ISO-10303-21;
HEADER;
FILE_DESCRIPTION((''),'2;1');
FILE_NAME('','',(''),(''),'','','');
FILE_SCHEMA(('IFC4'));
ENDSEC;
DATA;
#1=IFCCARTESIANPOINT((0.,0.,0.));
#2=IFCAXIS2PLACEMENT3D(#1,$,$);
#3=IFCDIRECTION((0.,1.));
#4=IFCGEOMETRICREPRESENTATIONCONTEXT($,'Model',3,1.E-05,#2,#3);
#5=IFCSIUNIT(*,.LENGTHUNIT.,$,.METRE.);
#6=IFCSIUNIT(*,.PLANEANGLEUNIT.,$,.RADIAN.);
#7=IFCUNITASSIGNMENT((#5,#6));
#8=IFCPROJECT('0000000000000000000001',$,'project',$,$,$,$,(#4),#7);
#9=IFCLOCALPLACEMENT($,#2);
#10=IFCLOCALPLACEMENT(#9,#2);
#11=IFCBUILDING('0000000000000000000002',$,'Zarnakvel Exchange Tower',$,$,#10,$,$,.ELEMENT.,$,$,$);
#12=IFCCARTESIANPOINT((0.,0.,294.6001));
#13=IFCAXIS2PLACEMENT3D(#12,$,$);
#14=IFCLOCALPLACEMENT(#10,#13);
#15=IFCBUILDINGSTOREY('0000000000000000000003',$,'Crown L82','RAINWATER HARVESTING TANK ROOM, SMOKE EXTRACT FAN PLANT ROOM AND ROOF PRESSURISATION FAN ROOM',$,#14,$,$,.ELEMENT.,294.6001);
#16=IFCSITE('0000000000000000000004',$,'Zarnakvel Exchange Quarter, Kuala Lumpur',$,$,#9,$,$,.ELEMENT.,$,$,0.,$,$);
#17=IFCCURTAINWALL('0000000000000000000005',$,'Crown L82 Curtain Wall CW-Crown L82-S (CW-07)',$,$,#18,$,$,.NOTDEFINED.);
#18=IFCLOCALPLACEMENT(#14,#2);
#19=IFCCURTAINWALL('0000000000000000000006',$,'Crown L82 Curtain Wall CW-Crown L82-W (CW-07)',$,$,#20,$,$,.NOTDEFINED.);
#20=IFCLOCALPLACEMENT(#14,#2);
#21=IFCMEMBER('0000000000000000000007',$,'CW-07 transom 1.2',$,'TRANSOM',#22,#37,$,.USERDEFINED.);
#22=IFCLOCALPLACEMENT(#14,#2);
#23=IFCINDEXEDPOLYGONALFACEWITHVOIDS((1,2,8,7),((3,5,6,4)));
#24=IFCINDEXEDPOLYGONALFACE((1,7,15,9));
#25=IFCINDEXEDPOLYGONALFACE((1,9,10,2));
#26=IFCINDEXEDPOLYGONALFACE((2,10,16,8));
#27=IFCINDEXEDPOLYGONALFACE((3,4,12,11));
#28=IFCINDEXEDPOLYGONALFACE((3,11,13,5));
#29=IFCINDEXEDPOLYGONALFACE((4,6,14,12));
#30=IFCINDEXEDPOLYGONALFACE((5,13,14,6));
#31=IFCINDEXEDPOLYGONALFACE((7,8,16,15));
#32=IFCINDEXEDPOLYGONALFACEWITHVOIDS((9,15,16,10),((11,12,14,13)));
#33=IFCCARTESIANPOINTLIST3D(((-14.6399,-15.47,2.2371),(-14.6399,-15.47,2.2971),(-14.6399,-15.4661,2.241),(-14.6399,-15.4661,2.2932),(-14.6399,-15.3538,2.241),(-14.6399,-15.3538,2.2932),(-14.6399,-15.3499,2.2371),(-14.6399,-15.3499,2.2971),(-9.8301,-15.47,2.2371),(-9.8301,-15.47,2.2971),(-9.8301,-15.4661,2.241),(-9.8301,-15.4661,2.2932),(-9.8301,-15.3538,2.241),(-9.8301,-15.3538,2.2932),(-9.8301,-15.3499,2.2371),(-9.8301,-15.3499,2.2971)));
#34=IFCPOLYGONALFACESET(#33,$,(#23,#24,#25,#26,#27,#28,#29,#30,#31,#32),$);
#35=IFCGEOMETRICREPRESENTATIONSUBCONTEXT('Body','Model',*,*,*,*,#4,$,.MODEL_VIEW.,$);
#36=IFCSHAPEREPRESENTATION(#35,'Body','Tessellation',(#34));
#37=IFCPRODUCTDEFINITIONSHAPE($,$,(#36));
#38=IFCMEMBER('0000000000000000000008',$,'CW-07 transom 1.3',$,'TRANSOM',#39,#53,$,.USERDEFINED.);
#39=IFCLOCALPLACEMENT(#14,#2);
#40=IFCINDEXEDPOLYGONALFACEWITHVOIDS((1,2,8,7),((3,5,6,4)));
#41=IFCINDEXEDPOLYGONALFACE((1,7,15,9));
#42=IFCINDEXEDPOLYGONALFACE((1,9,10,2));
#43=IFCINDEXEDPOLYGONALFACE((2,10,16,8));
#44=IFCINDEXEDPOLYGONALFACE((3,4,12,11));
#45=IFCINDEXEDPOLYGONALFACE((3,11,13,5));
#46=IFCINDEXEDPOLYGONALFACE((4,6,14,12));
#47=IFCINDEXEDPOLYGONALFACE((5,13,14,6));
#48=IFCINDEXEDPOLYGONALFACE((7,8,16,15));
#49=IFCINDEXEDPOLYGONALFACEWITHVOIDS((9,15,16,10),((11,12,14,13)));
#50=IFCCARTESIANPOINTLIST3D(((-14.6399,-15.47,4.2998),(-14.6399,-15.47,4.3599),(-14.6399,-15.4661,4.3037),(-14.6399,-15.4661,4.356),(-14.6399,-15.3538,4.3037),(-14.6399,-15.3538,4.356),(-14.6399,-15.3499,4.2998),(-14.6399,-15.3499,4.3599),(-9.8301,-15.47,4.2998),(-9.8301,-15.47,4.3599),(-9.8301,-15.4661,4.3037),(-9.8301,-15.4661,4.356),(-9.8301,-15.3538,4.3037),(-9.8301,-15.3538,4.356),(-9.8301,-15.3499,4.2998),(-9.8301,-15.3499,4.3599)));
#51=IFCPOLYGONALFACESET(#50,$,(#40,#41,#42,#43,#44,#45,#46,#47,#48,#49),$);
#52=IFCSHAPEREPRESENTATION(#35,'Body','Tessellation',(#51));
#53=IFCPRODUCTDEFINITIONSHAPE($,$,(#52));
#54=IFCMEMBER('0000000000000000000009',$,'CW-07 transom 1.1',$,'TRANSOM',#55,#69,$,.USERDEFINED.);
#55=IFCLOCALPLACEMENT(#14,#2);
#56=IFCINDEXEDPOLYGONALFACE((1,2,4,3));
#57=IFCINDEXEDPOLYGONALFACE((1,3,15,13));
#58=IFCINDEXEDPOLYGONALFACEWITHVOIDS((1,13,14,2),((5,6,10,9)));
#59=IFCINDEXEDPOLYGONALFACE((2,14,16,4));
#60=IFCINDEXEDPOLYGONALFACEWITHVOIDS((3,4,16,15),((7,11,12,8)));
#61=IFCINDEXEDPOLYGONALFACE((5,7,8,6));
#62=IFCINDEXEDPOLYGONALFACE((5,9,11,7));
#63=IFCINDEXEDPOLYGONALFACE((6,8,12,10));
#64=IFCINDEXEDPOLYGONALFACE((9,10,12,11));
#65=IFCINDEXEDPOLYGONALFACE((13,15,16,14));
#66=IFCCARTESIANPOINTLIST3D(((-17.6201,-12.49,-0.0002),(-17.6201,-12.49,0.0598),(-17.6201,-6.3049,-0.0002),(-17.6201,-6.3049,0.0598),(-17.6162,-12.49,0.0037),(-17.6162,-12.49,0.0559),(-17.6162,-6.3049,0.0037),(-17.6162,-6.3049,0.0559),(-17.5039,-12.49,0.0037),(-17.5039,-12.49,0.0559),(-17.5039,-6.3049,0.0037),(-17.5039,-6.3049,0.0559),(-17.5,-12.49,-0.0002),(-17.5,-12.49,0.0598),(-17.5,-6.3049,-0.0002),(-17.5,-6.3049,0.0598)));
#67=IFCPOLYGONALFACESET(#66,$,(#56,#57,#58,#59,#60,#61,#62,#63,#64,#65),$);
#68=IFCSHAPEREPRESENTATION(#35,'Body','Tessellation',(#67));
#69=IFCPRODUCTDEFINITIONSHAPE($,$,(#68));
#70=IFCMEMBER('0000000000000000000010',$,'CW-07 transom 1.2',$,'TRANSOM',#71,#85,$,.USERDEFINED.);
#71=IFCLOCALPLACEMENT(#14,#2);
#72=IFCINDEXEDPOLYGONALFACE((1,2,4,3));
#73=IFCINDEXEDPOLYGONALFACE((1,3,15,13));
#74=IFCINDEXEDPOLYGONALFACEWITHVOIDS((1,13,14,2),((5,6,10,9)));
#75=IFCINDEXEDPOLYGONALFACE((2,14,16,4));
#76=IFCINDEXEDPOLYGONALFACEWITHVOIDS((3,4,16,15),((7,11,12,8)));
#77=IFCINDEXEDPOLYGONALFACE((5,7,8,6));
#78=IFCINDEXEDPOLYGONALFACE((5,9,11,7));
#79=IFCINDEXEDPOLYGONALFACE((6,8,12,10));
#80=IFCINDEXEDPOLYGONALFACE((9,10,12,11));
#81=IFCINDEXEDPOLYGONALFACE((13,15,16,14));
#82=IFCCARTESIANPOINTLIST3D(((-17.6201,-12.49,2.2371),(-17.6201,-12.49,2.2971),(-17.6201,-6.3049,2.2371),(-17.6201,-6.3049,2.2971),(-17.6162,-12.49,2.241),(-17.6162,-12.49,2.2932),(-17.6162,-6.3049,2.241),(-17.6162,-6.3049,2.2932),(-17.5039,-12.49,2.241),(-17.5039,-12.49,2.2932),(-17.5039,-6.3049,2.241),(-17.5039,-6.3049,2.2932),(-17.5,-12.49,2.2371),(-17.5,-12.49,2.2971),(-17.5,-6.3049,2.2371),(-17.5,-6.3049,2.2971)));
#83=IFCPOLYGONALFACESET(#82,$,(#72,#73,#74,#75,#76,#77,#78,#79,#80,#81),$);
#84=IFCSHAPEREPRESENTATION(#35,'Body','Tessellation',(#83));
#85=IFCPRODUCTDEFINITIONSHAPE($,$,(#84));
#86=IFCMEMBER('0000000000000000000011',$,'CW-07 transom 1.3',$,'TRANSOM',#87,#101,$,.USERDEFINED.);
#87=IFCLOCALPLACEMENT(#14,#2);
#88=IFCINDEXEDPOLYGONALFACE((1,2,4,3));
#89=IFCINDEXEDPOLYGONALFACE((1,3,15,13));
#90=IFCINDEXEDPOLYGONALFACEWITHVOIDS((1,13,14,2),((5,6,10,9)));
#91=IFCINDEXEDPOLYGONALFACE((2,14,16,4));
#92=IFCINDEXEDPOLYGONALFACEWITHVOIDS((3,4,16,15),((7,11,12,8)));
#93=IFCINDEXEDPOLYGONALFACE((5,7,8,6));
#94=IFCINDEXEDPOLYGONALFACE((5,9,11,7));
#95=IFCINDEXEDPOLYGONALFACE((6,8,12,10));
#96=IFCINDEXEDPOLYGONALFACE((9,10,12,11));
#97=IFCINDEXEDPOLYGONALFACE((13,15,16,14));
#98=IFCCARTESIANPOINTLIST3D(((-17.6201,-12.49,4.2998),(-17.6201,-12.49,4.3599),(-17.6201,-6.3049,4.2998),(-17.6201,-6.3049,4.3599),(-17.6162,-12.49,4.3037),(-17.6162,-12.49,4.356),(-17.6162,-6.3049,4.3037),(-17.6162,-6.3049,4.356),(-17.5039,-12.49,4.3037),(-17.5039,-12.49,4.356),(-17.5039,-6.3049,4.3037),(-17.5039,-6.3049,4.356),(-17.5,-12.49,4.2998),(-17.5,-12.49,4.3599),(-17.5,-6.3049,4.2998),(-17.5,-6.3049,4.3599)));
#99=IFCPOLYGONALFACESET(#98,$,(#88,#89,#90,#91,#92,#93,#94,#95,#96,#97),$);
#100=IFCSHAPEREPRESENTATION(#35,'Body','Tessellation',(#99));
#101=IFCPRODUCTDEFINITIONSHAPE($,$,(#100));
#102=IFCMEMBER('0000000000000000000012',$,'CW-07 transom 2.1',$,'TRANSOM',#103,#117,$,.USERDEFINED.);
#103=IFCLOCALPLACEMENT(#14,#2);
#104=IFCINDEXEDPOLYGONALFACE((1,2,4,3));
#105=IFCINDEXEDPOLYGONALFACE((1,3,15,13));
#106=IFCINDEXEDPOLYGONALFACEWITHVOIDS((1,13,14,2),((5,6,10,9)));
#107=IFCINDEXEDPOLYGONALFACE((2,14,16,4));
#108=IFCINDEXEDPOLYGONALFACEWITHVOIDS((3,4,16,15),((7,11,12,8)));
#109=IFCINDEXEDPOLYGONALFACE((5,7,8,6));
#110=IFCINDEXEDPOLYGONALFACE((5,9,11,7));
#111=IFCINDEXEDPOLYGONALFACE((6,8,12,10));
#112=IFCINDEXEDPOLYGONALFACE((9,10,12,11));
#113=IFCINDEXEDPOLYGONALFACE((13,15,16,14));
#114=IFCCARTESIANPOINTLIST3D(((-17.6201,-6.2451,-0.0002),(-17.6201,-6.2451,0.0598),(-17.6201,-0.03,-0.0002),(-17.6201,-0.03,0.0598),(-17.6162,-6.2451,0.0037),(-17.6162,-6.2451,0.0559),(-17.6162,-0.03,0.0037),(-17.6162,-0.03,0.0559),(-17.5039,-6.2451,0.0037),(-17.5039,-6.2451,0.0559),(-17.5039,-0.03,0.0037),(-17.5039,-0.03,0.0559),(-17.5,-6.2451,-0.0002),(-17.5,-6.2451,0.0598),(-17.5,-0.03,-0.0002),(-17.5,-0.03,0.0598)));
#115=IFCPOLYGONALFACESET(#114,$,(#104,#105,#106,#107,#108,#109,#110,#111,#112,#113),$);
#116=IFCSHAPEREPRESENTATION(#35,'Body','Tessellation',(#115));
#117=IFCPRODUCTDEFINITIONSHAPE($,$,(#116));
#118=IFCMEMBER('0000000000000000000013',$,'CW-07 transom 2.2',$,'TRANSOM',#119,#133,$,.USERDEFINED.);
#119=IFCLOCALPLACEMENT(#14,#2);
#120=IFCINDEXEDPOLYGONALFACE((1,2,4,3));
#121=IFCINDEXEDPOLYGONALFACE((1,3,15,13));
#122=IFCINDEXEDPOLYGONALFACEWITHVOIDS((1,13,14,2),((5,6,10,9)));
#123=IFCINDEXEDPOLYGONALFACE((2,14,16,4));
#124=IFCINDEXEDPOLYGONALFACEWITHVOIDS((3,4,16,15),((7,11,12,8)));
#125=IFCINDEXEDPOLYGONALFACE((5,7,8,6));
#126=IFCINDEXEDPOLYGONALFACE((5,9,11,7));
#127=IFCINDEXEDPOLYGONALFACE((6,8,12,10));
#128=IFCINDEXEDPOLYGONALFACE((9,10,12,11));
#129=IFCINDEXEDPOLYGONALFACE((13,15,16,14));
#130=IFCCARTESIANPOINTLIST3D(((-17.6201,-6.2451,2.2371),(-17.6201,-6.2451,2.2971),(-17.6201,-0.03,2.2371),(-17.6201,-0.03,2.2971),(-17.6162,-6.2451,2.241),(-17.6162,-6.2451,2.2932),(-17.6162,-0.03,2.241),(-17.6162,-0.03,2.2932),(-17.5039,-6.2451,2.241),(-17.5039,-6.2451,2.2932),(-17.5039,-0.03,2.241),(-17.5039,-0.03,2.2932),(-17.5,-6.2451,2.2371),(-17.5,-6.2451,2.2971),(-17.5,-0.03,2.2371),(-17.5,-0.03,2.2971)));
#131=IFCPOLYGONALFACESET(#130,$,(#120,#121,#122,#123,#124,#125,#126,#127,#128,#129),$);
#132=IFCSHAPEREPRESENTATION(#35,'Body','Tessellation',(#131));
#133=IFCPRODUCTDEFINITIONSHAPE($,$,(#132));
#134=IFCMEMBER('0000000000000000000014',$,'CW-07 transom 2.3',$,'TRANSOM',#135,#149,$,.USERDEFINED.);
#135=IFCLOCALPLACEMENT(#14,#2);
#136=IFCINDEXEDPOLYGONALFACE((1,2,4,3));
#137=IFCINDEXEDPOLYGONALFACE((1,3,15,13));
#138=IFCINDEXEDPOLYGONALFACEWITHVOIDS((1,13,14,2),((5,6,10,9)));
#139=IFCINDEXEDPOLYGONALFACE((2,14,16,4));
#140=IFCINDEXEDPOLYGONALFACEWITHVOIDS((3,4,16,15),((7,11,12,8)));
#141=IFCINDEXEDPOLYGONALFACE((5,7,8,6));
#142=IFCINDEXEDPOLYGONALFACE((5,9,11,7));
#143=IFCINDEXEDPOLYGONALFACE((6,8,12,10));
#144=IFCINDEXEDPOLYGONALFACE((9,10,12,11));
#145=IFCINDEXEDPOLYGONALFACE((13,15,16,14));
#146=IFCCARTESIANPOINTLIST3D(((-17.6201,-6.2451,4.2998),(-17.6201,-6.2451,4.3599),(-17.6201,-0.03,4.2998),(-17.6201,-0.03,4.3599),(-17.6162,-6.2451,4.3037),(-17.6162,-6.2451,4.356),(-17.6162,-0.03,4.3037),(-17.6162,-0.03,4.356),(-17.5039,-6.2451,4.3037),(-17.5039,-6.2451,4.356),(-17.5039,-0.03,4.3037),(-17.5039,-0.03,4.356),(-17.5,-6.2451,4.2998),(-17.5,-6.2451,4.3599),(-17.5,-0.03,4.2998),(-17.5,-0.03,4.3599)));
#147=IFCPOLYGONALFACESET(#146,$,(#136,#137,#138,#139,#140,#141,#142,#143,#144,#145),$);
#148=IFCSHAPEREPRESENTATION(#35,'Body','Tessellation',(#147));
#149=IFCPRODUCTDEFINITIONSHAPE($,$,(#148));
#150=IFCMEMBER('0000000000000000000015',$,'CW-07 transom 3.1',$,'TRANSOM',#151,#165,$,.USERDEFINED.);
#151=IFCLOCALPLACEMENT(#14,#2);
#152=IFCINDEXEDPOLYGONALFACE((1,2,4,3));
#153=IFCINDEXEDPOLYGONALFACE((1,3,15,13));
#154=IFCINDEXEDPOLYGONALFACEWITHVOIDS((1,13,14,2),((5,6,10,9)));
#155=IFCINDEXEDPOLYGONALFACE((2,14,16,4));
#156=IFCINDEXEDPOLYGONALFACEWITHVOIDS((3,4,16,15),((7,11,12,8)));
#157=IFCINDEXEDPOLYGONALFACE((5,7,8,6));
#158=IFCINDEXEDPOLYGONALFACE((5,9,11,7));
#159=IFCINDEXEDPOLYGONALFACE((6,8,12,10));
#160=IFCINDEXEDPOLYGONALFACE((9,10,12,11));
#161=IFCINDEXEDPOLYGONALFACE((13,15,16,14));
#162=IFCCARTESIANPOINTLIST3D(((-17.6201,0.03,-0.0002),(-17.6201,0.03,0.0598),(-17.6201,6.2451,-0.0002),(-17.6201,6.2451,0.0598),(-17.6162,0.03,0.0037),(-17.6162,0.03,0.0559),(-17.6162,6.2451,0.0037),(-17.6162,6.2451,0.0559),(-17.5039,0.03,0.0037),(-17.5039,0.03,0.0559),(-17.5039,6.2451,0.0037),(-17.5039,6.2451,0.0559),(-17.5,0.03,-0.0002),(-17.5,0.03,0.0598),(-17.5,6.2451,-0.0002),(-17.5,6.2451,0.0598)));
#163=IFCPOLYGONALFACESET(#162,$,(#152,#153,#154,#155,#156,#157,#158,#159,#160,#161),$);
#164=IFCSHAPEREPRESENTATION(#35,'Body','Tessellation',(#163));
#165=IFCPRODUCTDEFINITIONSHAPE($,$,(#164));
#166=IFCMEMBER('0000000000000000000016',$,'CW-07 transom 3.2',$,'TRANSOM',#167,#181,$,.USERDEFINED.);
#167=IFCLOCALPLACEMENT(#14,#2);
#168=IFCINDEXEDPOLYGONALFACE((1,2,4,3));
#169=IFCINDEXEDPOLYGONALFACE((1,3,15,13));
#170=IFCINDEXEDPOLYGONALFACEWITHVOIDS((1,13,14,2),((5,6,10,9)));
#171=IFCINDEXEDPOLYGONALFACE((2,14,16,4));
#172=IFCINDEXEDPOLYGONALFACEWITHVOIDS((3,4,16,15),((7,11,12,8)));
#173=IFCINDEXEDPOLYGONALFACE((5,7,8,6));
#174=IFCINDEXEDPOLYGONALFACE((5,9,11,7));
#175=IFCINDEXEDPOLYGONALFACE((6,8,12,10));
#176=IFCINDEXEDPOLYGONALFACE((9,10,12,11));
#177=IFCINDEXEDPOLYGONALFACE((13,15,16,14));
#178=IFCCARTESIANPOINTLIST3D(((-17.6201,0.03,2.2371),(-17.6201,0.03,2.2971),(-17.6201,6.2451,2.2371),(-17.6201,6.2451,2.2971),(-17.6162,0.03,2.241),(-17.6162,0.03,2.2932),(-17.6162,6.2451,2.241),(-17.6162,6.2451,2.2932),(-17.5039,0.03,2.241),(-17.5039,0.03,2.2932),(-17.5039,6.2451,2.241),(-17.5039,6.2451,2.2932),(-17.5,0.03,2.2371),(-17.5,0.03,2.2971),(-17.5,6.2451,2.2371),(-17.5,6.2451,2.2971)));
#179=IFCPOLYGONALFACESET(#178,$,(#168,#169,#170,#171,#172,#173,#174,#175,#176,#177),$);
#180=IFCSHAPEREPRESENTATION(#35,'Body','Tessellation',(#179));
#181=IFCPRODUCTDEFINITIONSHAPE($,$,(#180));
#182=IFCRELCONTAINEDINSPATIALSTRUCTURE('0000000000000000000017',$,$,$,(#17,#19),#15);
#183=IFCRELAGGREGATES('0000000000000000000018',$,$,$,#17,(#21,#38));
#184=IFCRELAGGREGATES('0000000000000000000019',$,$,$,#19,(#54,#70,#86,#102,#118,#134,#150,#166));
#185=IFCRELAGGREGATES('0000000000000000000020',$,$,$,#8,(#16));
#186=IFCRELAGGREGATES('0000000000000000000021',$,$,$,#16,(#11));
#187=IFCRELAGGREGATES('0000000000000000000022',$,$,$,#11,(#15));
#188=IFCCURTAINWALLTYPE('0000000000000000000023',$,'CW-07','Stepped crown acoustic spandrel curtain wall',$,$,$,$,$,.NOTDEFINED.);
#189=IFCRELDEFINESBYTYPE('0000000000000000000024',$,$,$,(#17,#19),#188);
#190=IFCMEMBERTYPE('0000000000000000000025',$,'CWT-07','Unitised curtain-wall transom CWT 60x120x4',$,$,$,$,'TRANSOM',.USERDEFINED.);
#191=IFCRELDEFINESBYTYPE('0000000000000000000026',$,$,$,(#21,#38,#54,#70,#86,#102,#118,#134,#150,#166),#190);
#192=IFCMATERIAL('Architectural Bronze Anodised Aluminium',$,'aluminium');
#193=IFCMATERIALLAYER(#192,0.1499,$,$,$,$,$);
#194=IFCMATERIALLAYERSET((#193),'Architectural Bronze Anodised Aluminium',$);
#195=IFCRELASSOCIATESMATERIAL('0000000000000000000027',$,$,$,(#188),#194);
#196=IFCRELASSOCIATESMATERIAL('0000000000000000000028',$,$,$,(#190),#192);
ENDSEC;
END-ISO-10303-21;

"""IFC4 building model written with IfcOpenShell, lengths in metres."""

from ifc_helpers import new_model, si_unit, direction, frame, origin, origin_2d, place, context, subcontext, project, spatial, hollow_rectangle, extrude, source, transform, mapped, material, layer, layer_set, material_profile, profile_set, type_object, element, aggregate, save


model = new_model("IFC4")

# Units and contexts
model_context = context("Model", 3, precision=1e-05, world=origin(), true_north=direction((0.0, 1.0)))
body_context = subcontext(model_context, "Body", "Model", "MODEL_VIEW")
ifc_project = project(units=[si_unit("LENGTHUNIT", "METRE"), si_unit("PLANEANGLEUNIT", "RADIAN")], contexts=[model_context])

# Site, building, storey
site_placement = place(None, origin())
site = spatial("IfcSite", under=ifc_project, at=site_placement, Name="Zarnakvel Exchange Quarter, Kuala Lumpur", CompositionType="ELEMENT", RefElevation=0.0)
building_placement = place(site_placement, origin())
building = spatial("IfcBuilding", under=site, at=building_placement, Name="Zarnakvel Exchange Tower", CompositionType="ELEMENT")
storey_placement = place(building_placement, frame((0.0, 0.0, 294.6001)))
storey = spatial("IfcBuildingStorey", under=building, at=storey_placement, Name="Crown L82", Description="RAINWATER HARVESTING TANK ROOM, SMOKE EXTRACT FAN PLANT ROOM AND ROOF PRESSURISATION FAN ROOM", CompositionType="ELEMENT", Elevation=294.6001)

# Curtain wall
ifc_material_1 = material(Name="Architectural Bronze Anodised Aluminium", Category="aluminium")
ifc_layer_1 = layer(ifc_material_1, 0.1499)
ifc_layer_set_1 = layer_set([ifc_layer_1], Name="Architectural Bronze Anodised Aluminium")
curtain_wall_type = type_object("IfcCurtainWallType", Name="CW-07", Description="Stepped crown acoustic spandrel curtain wall", PredefinedType="NOTDEFINED", material=ifc_layer_set_1)
curtain_wall_1_placement = place(storey_placement, origin())
curtain_wall_1 = element("IfcCurtainWall", 1, at=curtain_wall_1_placement, inside=storey, type_object=curtain_wall_type, Name="Crown L82 Curtain Wall CW-Crown L82-S (CW-07)", PredefinedType="NOTDEFINED")

# Curtain wall
curtain_wall_2_placement = place(storey_placement, origin())
curtain_wall_2 = element("IfcCurtainWall", 2, at=curtain_wall_2_placement, inside=storey, type_object=curtain_wall_type, Name="Crown L82 Curtain Wall CW-Crown L82-W (CW-07)", PredefinedType="NOTDEFINED")

# Members
ifc_material_profile_1 = material_profile(ifc_material_1, hollow_rectangle(XDim=0.1201, YDim=0.0601, WallThickness=0.0039, at=origin_2d()))
ifc_profile_set_1 = profile_set([ifc_material_profile_1], Name="Architectural Bronze Anodised Aluminium")
member_type_1 = type_object("IfcMemberType", Name="CWT-07", Description="Unitised curtain-wall transom CWT 60x120x4", ElementType="TRANSOM", PredefinedType="USERDEFINED", material=ifc_profile_set_1)
shared_shape_1 = source(origin(), body_context, "Body", "SweptSolid", [
    extrude(hollow_rectangle(XDim=0.1201, YDim=0.0601, WallThickness=0.0039, at=origin_2d()), origin(), (0.0, 0.0, 1.0), 4.8098),
])
member_1_placement = place(storey_placement, frame((-14.6399, -15.4099, 2.2671), z_axis=(1.0, 0.0, 0.0), x_axis=(0.0, 1.0, 0.0)))
member_1 = element("IfcMember", 3, at=member_1_placement, type_object=member_type_1, Name="CW-07 transom 1.2", ObjectType="TRANSOM", PredefinedType="USERDEFINED", context=body_context, shape_type="MappedRepresentation", body=[
    mapped(shared_shape_1, transform((0.0, 0.0, 0.0), x_axis=(1.0, 0.0, 0.0), y_axis=(0.0, 1.0, 0.0), z_axis=(0.0, 0.0, 1.0), scale=1.0)),
])
member_2_placement = place(storey_placement, frame((-14.6399, -15.4099, 4.3298), z_axis=(1.0, 0.0, 0.0), x_axis=(0.0, 1.0, 0.0)))
member_2 = element("IfcMember", 4, at=member_2_placement, type_object=member_type_1, Name="CW-07 transom 1.3", ObjectType="TRANSOM", PredefinedType="USERDEFINED", context=body_context, shape_type="MappedRepresentation", body=[
    mapped(shared_shape_1, transform((0.0, 0.0, 0.0), x_axis=(1.0, 0.0, 0.0), y_axis=(0.0, 1.0, 0.0), z_axis=(0.0, 0.0, 1.0), scale=1.0)),
])
aggregate(curtain_wall_1, [member_1, member_2])
shared_shape_2 = source(origin(), body_context, "Body", "SweptSolid", [
    extrude(hollow_rectangle(XDim=0.1201, YDim=0.0601, WallThickness=0.0039, at=origin_2d()), origin(), (0.0, 0.0, 1.0), 6.1851),
])
member_3_placement = place(storey_placement, frame((-17.5601, -12.49, 0.0298), z_axis=(0.0, 1.0, 0.0), x_axis=(-1.0, 0.0, 0.0)))
member_3 = element("IfcMember", 5, at=member_3_placement, type_object=member_type_1, Name="CW-07 transom 1.1", ObjectType="TRANSOM", PredefinedType="USERDEFINED", context=body_context, shape_type="MappedRepresentation", body=[
    mapped(shared_shape_2, transform((0.0, 0.0, 0.0), x_axis=(1.0, 0.0, 0.0), y_axis=(0.0, 1.0, 0.0), z_axis=(0.0, 0.0, 1.0), scale=1.0)),
])
member_4_placement = place(storey_placement, frame((-17.5601, -12.49, 2.2671), z_axis=(0.0, 1.0, 0.0), x_axis=(-1.0, 0.0, 0.0)))
member_4 = element("IfcMember", 6, at=member_4_placement, type_object=member_type_1, Name="CW-07 transom 1.2", ObjectType="TRANSOM", PredefinedType="USERDEFINED", context=body_context, shape_type="MappedRepresentation", body=[
    mapped(shared_shape_2, transform((0.0, 0.0, 0.0), x_axis=(1.0, 0.0, 0.0), y_axis=(0.0, 1.0, 0.0), z_axis=(0.0, 0.0, 1.0), scale=1.0)),
])
member_5_placement = place(storey_placement, frame((-17.5601, -12.49, 4.3298), z_axis=(0.0, 1.0, 0.0), x_axis=(-1.0, 0.0, 0.0)))
member_5 = element("IfcMember", 7, at=member_5_placement, type_object=member_type_1, Name="CW-07 transom 1.3", ObjectType="TRANSOM", PredefinedType="USERDEFINED", context=body_context, shape_type="MappedRepresentation", body=[
    mapped(shared_shape_2, transform((0.0, 0.0, 0.0), x_axis=(1.0, 0.0, 0.0), y_axis=(0.0, 1.0, 0.0), z_axis=(0.0, 0.0, 1.0), scale=1.0)),
])
shared_shape_3 = source(origin(), body_context, "Body", "SweptSolid", [
    extrude(hollow_rectangle(XDim=0.1201, YDim=0.0601, WallThickness=0.0039, at=origin_2d()), origin(), (0.0, 0.0, 1.0), 6.2151),
])
member_6_placement = place(storey_placement, frame((-17.5601, -6.2451, 0.0298), z_axis=(0.0, 1.0, 0.0), x_axis=(-1.0, 0.0, 0.0)))
member_6 = element("IfcMember", 8, at=member_6_placement, type_object=member_type_1, Name="CW-07 transom 2.1", ObjectType="TRANSOM", PredefinedType="USERDEFINED", context=body_context, shape_type="MappedRepresentation", body=[
    mapped(shared_shape_3, transform((0.0, 0.0, 0.0), x_axis=(1.0, 0.0, 0.0), y_axis=(0.0, 1.0, 0.0), z_axis=(0.0, 0.0, 1.0), scale=1.0)),
])
member_7_placement = place(storey_placement, frame((-17.5601, -6.2451, 2.2671), z_axis=(0.0, 1.0, 0.0), x_axis=(-1.0, 0.0, 0.0)))
member_7 = element("IfcMember", 9, at=member_7_placement, type_object=member_type_1, Name="CW-07 transom 2.2", ObjectType="TRANSOM", PredefinedType="USERDEFINED", context=body_context, shape_type="MappedRepresentation", body=[
    mapped(shared_shape_3, transform((0.0, 0.0, 0.0), x_axis=(1.0, 0.0, 0.0), y_axis=(0.0, 1.0, 0.0), z_axis=(0.0, 0.0, 1.0), scale=1.0)),
])
member_8_placement = place(storey_placement, frame((-17.5601, -6.2451, 4.3298), z_axis=(0.0, 1.0, 0.0), x_axis=(-1.0, 0.0, 0.0)))
member_8 = element("IfcMember", 10, at=member_8_placement, type_object=member_type_1, Name="CW-07 transom 2.3", ObjectType="TRANSOM", PredefinedType="USERDEFINED", context=body_context, shape_type="MappedRepresentation", body=[
    mapped(shared_shape_3, transform((0.0, 0.0, 0.0), x_axis=(1.0, 0.0, 0.0), y_axis=(0.0, 1.0, 0.0), z_axis=(0.0, 0.0, 1.0), scale=1.0)),
])
member_9_placement = place(storey_placement, frame((-17.5601, 0.03, 0.0298), z_axis=(0.0, 1.0, 0.0), x_axis=(-1.0, 0.0, 0.0)))
member_9 = element("IfcMember", 11, at=member_9_placement, type_object=member_type_1, Name="CW-07 transom 3.1", ObjectType="TRANSOM", PredefinedType="USERDEFINED", context=body_context, shape_type="MappedRepresentation", body=[
    mapped(shared_shape_3, transform((0.0, 0.0, 0.0), x_axis=(1.0, 0.0, 0.0), y_axis=(0.0, 1.0, 0.0), z_axis=(0.0, 0.0, 1.0), scale=1.0)),
])
member_10_placement = place(storey_placement, frame((-17.5601, 0.03, 2.2671), z_axis=(0.0, 1.0, 0.0), x_axis=(-1.0, 0.0, 0.0)))
member_10 = element("IfcMember", 12, at=member_10_placement, type_object=member_type_1, Name="CW-07 transom 3.2", ObjectType="TRANSOM", PredefinedType="USERDEFINED", context=body_context, shape_type="MappedRepresentation", body=[
    mapped(shared_shape_3, transform((0.0, 0.0, 0.0), x_axis=(1.0, 0.0, 0.0), y_axis=(0.0, 1.0, 0.0), z_axis=(0.0, 0.0, 1.0), scale=1.0)),
])

aggregate(curtain_wall_2, [member_3, member_4, member_5, member_6, member_7, member_8, member_9, member_10])

save(model, "model.ifc")
